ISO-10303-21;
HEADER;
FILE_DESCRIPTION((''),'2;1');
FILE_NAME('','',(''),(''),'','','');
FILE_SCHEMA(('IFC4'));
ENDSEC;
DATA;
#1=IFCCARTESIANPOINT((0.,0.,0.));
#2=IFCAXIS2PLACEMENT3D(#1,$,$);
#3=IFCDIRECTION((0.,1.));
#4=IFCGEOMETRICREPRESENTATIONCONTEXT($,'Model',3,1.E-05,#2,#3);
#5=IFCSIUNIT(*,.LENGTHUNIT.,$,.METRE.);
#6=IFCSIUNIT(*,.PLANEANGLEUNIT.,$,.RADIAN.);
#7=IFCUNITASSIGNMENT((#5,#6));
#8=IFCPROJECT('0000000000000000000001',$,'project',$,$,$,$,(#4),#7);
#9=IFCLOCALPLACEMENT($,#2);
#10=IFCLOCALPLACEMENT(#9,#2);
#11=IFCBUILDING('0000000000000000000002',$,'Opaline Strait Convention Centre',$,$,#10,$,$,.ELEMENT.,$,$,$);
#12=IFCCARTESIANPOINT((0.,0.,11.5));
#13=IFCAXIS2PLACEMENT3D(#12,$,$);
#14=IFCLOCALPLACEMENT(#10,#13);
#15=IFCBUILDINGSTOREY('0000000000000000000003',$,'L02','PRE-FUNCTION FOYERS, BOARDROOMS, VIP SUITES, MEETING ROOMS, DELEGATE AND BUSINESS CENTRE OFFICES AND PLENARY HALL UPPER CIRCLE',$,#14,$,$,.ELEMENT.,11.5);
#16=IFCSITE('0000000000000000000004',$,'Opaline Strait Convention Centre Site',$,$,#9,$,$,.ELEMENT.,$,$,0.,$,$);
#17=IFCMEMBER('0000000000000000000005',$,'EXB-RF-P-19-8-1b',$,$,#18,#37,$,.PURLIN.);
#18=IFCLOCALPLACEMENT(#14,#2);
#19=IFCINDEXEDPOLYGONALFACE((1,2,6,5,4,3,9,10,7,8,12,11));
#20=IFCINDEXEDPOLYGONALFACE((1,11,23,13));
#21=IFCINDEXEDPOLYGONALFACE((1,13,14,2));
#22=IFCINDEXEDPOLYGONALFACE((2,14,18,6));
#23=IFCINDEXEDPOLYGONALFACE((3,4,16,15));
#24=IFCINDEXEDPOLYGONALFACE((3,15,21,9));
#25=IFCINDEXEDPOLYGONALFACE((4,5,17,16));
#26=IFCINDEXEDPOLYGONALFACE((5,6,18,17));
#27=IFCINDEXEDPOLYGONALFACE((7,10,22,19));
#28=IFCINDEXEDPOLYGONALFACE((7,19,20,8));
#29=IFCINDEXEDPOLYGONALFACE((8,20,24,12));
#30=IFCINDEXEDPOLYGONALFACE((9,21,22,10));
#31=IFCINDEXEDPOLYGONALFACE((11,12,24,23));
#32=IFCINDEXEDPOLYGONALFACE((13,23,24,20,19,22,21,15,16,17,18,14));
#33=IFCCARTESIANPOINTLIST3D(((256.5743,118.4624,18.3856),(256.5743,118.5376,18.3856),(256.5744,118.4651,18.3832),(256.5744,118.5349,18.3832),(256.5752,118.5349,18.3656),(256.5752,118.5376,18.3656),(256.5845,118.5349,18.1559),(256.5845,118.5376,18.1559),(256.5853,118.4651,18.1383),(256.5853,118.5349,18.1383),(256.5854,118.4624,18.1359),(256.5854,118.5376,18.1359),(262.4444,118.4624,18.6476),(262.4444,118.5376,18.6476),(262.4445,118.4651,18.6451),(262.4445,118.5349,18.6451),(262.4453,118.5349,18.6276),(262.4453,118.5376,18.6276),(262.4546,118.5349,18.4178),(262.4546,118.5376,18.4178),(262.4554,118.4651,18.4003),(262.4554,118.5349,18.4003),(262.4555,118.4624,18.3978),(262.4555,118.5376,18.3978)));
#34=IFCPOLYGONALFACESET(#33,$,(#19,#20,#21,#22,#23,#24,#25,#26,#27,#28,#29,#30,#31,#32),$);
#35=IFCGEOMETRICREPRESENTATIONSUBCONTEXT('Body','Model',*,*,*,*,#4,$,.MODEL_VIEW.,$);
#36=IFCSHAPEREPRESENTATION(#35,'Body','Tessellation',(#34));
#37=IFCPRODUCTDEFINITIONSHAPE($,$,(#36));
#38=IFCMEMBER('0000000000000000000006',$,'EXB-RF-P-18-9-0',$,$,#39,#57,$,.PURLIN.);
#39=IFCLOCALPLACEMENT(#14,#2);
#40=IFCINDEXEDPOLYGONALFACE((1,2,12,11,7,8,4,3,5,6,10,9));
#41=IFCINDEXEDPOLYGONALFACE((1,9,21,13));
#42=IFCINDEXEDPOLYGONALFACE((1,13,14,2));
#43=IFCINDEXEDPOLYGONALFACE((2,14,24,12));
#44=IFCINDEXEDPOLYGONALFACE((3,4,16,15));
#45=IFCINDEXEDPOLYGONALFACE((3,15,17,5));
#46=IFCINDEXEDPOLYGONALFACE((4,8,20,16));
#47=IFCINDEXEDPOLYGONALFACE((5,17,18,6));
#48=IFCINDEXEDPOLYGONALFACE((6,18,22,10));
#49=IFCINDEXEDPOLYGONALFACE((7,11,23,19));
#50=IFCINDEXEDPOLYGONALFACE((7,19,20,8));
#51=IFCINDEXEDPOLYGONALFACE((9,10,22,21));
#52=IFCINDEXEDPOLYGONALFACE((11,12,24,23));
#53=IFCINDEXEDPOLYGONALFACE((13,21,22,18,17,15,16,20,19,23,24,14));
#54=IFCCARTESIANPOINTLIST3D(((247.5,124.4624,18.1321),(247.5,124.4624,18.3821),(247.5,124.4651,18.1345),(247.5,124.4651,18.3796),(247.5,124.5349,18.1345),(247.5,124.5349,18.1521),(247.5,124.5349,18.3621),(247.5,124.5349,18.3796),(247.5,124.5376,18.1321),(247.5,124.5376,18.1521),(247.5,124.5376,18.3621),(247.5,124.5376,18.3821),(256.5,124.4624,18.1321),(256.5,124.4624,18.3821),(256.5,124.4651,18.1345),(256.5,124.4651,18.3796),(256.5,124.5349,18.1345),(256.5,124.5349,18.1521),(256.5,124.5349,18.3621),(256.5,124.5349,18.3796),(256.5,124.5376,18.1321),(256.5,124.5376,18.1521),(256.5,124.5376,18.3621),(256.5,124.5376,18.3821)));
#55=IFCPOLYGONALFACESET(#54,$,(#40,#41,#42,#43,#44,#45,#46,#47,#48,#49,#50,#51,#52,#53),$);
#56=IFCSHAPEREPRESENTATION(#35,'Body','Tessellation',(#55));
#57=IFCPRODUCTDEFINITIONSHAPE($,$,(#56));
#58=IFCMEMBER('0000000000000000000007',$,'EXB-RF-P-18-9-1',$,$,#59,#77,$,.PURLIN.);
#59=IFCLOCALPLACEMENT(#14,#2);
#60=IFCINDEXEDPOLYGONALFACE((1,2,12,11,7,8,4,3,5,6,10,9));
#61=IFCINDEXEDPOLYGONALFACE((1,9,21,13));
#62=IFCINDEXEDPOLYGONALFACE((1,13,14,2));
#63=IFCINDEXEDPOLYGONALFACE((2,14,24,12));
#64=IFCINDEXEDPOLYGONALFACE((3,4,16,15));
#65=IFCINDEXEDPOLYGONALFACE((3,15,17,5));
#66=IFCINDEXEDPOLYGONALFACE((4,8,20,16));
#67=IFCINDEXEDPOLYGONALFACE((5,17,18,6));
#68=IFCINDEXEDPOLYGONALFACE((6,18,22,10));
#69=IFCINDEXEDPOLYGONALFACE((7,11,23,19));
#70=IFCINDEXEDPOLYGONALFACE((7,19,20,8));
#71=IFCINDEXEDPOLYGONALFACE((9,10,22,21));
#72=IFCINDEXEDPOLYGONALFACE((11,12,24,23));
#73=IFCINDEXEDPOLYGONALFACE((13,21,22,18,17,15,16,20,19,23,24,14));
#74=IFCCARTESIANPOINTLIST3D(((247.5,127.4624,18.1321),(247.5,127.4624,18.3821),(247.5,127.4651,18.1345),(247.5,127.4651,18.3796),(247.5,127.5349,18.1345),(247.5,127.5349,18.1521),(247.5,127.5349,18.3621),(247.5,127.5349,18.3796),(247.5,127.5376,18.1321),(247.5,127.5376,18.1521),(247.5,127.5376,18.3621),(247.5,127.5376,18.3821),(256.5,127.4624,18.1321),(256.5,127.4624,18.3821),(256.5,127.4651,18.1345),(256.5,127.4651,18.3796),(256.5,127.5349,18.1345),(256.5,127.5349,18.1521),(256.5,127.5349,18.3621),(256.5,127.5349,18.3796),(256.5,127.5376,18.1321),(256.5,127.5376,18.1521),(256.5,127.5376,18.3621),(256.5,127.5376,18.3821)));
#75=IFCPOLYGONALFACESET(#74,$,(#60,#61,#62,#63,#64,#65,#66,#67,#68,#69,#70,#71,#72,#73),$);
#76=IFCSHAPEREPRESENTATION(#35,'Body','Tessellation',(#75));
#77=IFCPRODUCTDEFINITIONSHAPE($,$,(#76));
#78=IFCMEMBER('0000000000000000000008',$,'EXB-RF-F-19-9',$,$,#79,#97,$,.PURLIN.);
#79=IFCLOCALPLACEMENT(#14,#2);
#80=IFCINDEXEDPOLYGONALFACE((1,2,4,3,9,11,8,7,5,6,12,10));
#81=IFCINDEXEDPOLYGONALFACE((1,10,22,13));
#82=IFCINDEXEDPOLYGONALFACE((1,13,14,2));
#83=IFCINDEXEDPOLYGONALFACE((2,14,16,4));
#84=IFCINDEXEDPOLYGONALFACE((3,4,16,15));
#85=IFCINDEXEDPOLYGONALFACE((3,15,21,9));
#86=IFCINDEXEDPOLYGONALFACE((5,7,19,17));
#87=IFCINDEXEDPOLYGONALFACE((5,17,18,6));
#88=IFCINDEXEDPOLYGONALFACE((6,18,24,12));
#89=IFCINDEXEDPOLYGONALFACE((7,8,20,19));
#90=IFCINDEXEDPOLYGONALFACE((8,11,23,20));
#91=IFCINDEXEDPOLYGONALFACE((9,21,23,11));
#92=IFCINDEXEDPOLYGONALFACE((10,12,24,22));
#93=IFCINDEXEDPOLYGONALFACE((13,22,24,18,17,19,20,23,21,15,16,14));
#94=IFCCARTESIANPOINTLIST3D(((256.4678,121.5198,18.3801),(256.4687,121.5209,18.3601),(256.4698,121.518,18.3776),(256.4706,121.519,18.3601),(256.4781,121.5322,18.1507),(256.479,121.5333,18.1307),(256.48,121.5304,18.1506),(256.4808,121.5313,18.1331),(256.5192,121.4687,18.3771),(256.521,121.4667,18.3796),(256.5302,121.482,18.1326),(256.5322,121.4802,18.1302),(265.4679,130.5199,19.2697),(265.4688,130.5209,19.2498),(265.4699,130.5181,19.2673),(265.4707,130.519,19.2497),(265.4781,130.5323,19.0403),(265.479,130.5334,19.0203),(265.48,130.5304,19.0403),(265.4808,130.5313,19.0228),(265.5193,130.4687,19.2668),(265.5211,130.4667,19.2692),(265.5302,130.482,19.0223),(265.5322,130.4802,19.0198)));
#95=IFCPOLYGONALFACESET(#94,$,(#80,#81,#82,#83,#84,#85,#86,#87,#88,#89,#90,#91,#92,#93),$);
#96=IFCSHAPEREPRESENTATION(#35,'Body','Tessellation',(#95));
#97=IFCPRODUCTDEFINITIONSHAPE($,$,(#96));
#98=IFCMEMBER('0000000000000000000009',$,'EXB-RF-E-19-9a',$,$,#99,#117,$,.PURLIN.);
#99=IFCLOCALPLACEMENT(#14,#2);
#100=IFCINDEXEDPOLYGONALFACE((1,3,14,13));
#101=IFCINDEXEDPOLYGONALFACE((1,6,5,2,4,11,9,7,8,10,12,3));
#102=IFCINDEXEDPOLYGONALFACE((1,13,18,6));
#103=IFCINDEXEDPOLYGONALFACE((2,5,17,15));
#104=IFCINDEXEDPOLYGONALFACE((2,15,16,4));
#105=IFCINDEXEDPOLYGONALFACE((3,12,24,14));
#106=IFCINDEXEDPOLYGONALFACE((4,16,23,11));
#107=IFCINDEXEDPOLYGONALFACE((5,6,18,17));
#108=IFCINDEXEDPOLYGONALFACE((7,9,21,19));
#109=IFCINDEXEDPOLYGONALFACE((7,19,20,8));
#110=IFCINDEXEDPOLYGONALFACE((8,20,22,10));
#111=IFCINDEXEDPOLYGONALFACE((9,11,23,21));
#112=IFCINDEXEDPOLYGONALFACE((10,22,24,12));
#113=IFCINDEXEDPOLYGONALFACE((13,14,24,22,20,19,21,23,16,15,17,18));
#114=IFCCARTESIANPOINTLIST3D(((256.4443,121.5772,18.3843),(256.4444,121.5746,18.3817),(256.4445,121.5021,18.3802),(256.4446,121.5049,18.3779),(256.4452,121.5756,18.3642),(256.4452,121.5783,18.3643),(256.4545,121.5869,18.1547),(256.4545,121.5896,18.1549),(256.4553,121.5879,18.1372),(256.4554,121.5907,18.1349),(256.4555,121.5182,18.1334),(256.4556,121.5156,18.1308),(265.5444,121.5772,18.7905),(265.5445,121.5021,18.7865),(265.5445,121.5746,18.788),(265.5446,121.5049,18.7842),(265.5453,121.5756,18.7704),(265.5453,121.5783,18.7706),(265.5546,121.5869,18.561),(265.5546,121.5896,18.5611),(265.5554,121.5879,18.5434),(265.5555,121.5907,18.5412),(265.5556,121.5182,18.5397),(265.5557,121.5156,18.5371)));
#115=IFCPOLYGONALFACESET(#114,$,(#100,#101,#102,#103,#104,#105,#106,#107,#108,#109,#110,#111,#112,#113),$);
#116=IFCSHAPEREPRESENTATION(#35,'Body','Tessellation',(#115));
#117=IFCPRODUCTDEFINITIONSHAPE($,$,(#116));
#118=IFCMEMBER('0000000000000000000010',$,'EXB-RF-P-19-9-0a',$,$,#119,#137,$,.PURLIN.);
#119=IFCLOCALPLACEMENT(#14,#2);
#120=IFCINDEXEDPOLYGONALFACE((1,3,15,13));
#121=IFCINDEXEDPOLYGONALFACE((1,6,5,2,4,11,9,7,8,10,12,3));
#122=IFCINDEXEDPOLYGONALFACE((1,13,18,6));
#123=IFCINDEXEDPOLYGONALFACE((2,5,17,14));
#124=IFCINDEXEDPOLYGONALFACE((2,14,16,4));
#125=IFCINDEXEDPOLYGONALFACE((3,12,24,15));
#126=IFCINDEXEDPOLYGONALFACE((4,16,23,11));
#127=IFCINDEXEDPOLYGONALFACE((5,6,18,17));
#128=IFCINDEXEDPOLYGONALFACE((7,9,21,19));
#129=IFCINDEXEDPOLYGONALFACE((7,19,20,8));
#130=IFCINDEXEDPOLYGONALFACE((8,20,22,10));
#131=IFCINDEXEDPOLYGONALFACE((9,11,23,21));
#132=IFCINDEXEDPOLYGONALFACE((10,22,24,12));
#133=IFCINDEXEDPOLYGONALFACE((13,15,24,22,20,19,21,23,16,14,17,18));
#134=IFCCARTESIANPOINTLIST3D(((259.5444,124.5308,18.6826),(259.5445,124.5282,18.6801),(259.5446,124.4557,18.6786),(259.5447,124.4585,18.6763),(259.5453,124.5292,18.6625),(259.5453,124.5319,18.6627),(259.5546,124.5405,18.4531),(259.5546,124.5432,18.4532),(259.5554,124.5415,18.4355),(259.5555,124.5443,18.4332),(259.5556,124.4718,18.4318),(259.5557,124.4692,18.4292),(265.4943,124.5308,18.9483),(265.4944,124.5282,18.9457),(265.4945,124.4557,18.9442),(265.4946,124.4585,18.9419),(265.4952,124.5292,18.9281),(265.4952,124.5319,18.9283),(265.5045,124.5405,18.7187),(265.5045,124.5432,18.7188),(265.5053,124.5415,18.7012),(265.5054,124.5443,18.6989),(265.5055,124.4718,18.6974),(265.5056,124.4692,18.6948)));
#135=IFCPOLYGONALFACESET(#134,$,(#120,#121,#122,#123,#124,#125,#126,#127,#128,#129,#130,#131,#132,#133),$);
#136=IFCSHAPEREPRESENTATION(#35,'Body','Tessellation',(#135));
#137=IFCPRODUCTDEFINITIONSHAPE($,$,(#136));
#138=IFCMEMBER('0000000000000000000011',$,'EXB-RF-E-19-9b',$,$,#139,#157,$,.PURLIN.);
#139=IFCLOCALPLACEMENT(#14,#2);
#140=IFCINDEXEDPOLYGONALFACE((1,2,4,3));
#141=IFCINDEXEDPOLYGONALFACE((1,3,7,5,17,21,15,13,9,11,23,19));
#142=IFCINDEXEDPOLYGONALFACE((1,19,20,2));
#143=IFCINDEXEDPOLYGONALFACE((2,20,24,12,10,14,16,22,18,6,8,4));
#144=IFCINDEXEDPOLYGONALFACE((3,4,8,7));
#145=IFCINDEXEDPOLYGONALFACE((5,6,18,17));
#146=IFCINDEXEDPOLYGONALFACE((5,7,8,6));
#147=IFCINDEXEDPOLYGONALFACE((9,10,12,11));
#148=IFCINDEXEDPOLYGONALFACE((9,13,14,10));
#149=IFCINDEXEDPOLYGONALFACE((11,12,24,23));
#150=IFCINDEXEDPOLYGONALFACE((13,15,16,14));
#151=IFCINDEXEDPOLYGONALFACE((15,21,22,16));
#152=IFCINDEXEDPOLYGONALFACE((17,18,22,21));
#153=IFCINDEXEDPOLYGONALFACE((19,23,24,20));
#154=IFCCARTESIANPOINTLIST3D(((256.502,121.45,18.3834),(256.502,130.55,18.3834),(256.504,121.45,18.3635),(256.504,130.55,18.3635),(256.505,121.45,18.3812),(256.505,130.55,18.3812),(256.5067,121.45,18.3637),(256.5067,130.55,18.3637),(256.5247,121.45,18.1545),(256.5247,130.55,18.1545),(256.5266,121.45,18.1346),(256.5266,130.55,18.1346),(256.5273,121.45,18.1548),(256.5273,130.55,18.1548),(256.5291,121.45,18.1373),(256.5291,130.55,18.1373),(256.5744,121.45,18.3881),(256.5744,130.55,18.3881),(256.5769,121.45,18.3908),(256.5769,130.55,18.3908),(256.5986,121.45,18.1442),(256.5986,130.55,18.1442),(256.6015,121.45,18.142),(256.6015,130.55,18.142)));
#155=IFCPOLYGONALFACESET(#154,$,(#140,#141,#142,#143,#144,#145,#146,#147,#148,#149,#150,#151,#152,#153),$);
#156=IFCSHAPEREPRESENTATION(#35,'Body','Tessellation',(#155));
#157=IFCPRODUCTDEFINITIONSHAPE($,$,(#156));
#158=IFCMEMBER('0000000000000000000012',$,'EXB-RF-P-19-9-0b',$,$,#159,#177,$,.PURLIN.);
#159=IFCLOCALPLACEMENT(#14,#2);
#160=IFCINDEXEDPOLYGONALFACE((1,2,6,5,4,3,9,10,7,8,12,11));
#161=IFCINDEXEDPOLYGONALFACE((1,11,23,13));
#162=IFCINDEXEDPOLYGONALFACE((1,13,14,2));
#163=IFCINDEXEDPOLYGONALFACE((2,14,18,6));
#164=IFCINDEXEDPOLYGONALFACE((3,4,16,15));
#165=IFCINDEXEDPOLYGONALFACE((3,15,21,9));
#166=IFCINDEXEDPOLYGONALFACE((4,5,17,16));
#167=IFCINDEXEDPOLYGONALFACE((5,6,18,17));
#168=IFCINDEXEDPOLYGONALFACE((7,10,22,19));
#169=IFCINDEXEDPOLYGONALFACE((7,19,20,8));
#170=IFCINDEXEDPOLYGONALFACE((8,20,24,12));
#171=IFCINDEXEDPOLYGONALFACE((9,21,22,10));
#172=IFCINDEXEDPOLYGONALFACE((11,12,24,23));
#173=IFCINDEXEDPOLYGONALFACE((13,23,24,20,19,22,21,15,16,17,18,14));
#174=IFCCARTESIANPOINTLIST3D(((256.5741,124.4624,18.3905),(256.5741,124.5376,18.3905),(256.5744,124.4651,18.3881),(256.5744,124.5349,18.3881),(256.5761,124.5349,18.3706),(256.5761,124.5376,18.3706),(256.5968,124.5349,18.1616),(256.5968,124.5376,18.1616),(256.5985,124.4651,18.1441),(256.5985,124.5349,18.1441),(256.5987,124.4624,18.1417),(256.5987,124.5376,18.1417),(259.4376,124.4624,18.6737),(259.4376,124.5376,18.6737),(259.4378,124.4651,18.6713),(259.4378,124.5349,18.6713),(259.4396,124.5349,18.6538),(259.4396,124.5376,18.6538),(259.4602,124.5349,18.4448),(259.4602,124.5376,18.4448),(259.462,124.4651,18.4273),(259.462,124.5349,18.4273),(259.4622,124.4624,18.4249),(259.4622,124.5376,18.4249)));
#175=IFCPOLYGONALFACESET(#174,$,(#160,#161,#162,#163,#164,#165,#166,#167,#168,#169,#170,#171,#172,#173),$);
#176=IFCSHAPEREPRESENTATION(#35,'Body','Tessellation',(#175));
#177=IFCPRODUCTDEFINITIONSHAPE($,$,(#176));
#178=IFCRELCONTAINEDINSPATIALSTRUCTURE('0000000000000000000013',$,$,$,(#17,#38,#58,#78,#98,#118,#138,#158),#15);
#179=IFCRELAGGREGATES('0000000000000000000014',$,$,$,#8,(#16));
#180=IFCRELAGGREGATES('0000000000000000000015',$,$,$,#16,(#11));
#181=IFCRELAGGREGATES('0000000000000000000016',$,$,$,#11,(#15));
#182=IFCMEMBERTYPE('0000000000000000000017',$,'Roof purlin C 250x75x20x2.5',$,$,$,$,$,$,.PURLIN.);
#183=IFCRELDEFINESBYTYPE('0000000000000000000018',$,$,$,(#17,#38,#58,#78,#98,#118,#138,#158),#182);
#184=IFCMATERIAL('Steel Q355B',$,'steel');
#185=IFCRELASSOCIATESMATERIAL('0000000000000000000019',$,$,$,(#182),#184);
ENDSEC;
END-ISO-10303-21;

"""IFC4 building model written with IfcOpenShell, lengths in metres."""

from ifc_helpers import new_model, si_unit, direction, frame, origin, place, context, subcontext, project, spatial, polyline, outline, extrude, material, material_profile, profile_set, type_object, element, save


model = new_model("IFC4")

# Units and contexts
model_context = context("Model", 3, precision=1e-05, world=origin(), true_north=direction((0.0, 1.0)))
body_context = subcontext(model_context, "Body", "Model", "MODEL_VIEW")
ifc_project = project(units=[si_unit("LENGTHUNIT", "METRE"), si_unit("PLANEANGLEUNIT", "RADIAN")], contexts=[model_context])

# Site, building, storey
site_placement = place(None, origin())
site = spatial("IfcSite", under=ifc_project, at=site_placement, Name="Opaline Strait Convention Centre Site", CompositionType="ELEMENT", RefElevation=0.0)
building_placement = place(site_placement, origin())
building = spatial("IfcBuilding", under=site, at=building_placement, Name="Opaline Strait Convention Centre", CompositionType="ELEMENT")
storey_placement = place(building_placement, frame((0.0, 0.0, 11.5)))
storey = spatial("IfcBuildingStorey", under=building, at=storey_placement, Name="L02", Description="PRE-FUNCTION FOYERS, BOARDROOMS, VIP SUITES, MEETING ROOMS, DELEGATE AND BUSINESS CENTRE OFFICES AND PLENARY HALL UPPER CIRCLE", CompositionType="ELEMENT", Elevation=11.5)

# Members
ifc_material_1 = material(Name="Steel Q355B", Category="steel")
ifc_material_profile_1 = material_profile(ifc_material_1, outline(polyline([(-0.0376, -0.125), (0.0376, -0.125), (0.0376, -0.105), (0.0349, -0.105), (0.0349, -0.1226), (-0.0349, -0.1226), (-0.0349, 0.1226), (0.0349, 0.1226), (0.0349, 0.105), (0.0376, 0.105), (0.0376, 0.125), (-0.0376, 0.125), (-0.0376, -0.125)])), Name="C 250x75x20x2.5")
ifc_profile_set_1 = profile_set([ifc_material_profile_1], Name="Steel Q355B")
member_type_1 = type_object("IfcMemberType", Name="Roof purlin C 250x75x20x2.5", PredefinedType="PURLIN", material=ifc_profile_set_1)
member_1_placement = place(storey_placement, frame((256.5798, 118.5, 18.2607), z_axis=(0.999006, 0.0, 0.044582), x_axis=(0.0, 1.0, 0.0)))
element("IfcMember", 1, at=member_1_placement, inside=storey, type_object=member_type_1, Name="EXB-RF-P-19-8-1b", PredefinedType="PURLIN", context=body_context, shape_type="SweptSolid", body=[
    extrude(outline(polyline([(-0.0376, -0.125), (0.0376, -0.125), (0.0376, -0.105), (0.0349, -0.105), (0.0349, -0.1226), (-0.0349, -0.1226), (-0.0349, 0.1226), (0.0349, 0.1226), (0.0349, 0.105), (0.0376, 0.105), (0.0376, 0.125), (-0.0376, 0.125), (-0.0376, -0.125)])), origin(), (0.0, 0.0, 1.0), 5.876),
])
for number, where, z_axis, x_axis, name in (
    (2, (247.5, 124.5, 18.2571), (1.0, 0.0, 0.0), (0.0, 1.0, 0.0), "EXB-RF-P-18-9-0"),
    (3, (247.5, 127.5, 18.2571), (1.0, 0.0, 0.0), (0.0, 1.0, 0.0), "EXB-RF-P-18-9-1"),
):
    element("IfcMember", number, at=place(storey_placement, frame(where, z_axis=z_axis, x_axis=x_axis)), inside=storey, type_object=member_type_1, Name=name, PredefinedType="PURLIN", context=body_context, shape_type="SweptSolid", body=[
        extrude(outline(polyline([(-0.0376, -0.125), (0.0376, -0.125), (0.0376, -0.105), (0.0349, -0.105), (0.0349, -0.1226), (-0.0349, -0.1226), (-0.0349, 0.1226), (0.0349, 0.1226), (0.0349, 0.105), (0.0376, 0.105), (0.0376, 0.125), (-0.0376, 0.125), (-0.0376, -0.125)])), origin(), (0.0, 0.0, 1.0), 9.0),
    ])
member_2_placement = place(storey_placement, frame((256.5, 121.5, 18.2551), z_axis=(0.705386, 0.705386, 0.069727), x_axis=(-0.707423, 0.706758, 0.006724)))
element("IfcMember", 4, at=member_2_placement, inside=storey, type_object=member_type_1, Name="EXB-RF-F-19-9", PredefinedType="PURLIN", context=body_context, shape_type="SweptSolid", body=[
    extrude(outline(polyline([(-0.0376, -0.125), (0.0376, -0.125), (0.0376, -0.105), (0.0349, -0.105), (0.0349, -0.1226), (-0.0349, -0.1226), (-0.0349, 0.1226), (0.0349, 0.1226), (0.0349, 0.105), (0.0376, 0.105), (0.0376, 0.125), (-0.0376, 0.125), (-0.0376, -0.125)])), origin(), (0.0, 0.0, 1.0), 12.759),
])
member_3_placement = place(storey_placement, frame((256.45, 121.5464, 18.2576), z_axis=(0.999005, 0.0, 0.044598), x_axis=(-0.002412, 0.998537, 0.05402)))
element("IfcMember", 5, at=member_3_placement, inside=storey, type_object=member_type_1, Name="EXB-RF-E-19-9a", PredefinedType="PURLIN", context=body_context, shape_type="SweptSolid", body=[
    extrude(outline(polyline([(-0.0376, -0.125), (0.0376, -0.125), (0.0376, -0.105), (0.0349, -0.105), (0.0349, -0.1226), (-0.0349, -0.1226), (-0.0349, 0.1226), (0.0349, 0.1226), (0.0349, 0.105), (0.0376, 0.105), (0.0376, 0.125), (-0.0376, 0.125), (-0.0376, -0.125)])), origin(), (0.0, 0.0, 1.0), 9.1091),
])
member_4_placement = place(storey_placement, frame((259.55, 124.5, 18.5559), z_axis=(0.999005, 0.0, 0.044599), x_axis=(-0.002414, 0.998534, 0.054074)))
element("IfcMember", 6, at=member_4_placement, inside=storey, type_object=member_type_1, Name="EXB-RF-P-19-9-0a", PredefinedType="PURLIN", context=body_context, shape_type="SweptSolid", body=[
    extrude(outline(polyline([(-0.0376, -0.125), (0.0376, -0.125), (0.0376, -0.105), (0.0349, -0.105), (0.0349, -0.1226), (-0.0349, -0.1226), (-0.0349, 0.1226), (0.0349, 0.1226), (0.0349, 0.105), (0.0376, 0.105), (0.0376, 0.125), (-0.0376, 0.125), (-0.0376, -0.125)])), origin(), (0.0, 0.0, 1.0), 5.9558),
])
member_5_placement = place(storey_placement, frame((256.5518, 121.45, 18.2627), z_axis=(0.0, 1.0, 0.0), x_axis=(-0.995149, 0.0, -0.098378)))
element("IfcMember", 7, at=member_5_placement, inside=storey, type_object=member_type_1, Name="EXB-RF-E-19-9b", PredefinedType="PURLIN", context=body_context, shape_type="SweptSolid", body=[
    extrude(outline(polyline([(-0.0376, -0.125), (0.0376, -0.125), (0.0376, -0.105), (0.0349, -0.105), (0.0349, -0.1226), (-0.0349, -0.1226), (-0.0349, 0.1226), (0.0349, 0.1226), (0.0349, 0.105), (0.0376, 0.105), (0.0376, 0.125), (-0.0376, 0.125), (-0.0376, -0.125)])), origin(), (0.0, 0.0, 1.0), 9.1001),
])
member_6_placement = place(storey_placement, frame((256.5864, 124.5, 18.2661), z_axis=(0.995145, 0.0, 0.09842), x_axis=(0.0, 1.0, 0.0)))
element("IfcMember", 8, at=member_6_placement, inside=storey, type_object=member_type_1, Name="EXB-RF-P-19-9-0b", PredefinedType="PURLIN", context=body_context, shape_type="SweptSolid", body=[
    extrude(outline(polyline([(-0.0376, -0.125), (0.0376, -0.125), (0.0376, -0.105), (0.0349, -0.105), (0.0349, -0.1226), (-0.0349, -0.1226), (-0.0349, 0.1226), (0.0349, 0.1226), (0.0349, 0.105), (0.0376, 0.105), (0.0376, 0.125), (-0.0376, 0.125), (-0.0376, -0.125)])), origin(), (0.0, 0.0, 1.0), 2.8774),
])

save(model, "model.ifc")
